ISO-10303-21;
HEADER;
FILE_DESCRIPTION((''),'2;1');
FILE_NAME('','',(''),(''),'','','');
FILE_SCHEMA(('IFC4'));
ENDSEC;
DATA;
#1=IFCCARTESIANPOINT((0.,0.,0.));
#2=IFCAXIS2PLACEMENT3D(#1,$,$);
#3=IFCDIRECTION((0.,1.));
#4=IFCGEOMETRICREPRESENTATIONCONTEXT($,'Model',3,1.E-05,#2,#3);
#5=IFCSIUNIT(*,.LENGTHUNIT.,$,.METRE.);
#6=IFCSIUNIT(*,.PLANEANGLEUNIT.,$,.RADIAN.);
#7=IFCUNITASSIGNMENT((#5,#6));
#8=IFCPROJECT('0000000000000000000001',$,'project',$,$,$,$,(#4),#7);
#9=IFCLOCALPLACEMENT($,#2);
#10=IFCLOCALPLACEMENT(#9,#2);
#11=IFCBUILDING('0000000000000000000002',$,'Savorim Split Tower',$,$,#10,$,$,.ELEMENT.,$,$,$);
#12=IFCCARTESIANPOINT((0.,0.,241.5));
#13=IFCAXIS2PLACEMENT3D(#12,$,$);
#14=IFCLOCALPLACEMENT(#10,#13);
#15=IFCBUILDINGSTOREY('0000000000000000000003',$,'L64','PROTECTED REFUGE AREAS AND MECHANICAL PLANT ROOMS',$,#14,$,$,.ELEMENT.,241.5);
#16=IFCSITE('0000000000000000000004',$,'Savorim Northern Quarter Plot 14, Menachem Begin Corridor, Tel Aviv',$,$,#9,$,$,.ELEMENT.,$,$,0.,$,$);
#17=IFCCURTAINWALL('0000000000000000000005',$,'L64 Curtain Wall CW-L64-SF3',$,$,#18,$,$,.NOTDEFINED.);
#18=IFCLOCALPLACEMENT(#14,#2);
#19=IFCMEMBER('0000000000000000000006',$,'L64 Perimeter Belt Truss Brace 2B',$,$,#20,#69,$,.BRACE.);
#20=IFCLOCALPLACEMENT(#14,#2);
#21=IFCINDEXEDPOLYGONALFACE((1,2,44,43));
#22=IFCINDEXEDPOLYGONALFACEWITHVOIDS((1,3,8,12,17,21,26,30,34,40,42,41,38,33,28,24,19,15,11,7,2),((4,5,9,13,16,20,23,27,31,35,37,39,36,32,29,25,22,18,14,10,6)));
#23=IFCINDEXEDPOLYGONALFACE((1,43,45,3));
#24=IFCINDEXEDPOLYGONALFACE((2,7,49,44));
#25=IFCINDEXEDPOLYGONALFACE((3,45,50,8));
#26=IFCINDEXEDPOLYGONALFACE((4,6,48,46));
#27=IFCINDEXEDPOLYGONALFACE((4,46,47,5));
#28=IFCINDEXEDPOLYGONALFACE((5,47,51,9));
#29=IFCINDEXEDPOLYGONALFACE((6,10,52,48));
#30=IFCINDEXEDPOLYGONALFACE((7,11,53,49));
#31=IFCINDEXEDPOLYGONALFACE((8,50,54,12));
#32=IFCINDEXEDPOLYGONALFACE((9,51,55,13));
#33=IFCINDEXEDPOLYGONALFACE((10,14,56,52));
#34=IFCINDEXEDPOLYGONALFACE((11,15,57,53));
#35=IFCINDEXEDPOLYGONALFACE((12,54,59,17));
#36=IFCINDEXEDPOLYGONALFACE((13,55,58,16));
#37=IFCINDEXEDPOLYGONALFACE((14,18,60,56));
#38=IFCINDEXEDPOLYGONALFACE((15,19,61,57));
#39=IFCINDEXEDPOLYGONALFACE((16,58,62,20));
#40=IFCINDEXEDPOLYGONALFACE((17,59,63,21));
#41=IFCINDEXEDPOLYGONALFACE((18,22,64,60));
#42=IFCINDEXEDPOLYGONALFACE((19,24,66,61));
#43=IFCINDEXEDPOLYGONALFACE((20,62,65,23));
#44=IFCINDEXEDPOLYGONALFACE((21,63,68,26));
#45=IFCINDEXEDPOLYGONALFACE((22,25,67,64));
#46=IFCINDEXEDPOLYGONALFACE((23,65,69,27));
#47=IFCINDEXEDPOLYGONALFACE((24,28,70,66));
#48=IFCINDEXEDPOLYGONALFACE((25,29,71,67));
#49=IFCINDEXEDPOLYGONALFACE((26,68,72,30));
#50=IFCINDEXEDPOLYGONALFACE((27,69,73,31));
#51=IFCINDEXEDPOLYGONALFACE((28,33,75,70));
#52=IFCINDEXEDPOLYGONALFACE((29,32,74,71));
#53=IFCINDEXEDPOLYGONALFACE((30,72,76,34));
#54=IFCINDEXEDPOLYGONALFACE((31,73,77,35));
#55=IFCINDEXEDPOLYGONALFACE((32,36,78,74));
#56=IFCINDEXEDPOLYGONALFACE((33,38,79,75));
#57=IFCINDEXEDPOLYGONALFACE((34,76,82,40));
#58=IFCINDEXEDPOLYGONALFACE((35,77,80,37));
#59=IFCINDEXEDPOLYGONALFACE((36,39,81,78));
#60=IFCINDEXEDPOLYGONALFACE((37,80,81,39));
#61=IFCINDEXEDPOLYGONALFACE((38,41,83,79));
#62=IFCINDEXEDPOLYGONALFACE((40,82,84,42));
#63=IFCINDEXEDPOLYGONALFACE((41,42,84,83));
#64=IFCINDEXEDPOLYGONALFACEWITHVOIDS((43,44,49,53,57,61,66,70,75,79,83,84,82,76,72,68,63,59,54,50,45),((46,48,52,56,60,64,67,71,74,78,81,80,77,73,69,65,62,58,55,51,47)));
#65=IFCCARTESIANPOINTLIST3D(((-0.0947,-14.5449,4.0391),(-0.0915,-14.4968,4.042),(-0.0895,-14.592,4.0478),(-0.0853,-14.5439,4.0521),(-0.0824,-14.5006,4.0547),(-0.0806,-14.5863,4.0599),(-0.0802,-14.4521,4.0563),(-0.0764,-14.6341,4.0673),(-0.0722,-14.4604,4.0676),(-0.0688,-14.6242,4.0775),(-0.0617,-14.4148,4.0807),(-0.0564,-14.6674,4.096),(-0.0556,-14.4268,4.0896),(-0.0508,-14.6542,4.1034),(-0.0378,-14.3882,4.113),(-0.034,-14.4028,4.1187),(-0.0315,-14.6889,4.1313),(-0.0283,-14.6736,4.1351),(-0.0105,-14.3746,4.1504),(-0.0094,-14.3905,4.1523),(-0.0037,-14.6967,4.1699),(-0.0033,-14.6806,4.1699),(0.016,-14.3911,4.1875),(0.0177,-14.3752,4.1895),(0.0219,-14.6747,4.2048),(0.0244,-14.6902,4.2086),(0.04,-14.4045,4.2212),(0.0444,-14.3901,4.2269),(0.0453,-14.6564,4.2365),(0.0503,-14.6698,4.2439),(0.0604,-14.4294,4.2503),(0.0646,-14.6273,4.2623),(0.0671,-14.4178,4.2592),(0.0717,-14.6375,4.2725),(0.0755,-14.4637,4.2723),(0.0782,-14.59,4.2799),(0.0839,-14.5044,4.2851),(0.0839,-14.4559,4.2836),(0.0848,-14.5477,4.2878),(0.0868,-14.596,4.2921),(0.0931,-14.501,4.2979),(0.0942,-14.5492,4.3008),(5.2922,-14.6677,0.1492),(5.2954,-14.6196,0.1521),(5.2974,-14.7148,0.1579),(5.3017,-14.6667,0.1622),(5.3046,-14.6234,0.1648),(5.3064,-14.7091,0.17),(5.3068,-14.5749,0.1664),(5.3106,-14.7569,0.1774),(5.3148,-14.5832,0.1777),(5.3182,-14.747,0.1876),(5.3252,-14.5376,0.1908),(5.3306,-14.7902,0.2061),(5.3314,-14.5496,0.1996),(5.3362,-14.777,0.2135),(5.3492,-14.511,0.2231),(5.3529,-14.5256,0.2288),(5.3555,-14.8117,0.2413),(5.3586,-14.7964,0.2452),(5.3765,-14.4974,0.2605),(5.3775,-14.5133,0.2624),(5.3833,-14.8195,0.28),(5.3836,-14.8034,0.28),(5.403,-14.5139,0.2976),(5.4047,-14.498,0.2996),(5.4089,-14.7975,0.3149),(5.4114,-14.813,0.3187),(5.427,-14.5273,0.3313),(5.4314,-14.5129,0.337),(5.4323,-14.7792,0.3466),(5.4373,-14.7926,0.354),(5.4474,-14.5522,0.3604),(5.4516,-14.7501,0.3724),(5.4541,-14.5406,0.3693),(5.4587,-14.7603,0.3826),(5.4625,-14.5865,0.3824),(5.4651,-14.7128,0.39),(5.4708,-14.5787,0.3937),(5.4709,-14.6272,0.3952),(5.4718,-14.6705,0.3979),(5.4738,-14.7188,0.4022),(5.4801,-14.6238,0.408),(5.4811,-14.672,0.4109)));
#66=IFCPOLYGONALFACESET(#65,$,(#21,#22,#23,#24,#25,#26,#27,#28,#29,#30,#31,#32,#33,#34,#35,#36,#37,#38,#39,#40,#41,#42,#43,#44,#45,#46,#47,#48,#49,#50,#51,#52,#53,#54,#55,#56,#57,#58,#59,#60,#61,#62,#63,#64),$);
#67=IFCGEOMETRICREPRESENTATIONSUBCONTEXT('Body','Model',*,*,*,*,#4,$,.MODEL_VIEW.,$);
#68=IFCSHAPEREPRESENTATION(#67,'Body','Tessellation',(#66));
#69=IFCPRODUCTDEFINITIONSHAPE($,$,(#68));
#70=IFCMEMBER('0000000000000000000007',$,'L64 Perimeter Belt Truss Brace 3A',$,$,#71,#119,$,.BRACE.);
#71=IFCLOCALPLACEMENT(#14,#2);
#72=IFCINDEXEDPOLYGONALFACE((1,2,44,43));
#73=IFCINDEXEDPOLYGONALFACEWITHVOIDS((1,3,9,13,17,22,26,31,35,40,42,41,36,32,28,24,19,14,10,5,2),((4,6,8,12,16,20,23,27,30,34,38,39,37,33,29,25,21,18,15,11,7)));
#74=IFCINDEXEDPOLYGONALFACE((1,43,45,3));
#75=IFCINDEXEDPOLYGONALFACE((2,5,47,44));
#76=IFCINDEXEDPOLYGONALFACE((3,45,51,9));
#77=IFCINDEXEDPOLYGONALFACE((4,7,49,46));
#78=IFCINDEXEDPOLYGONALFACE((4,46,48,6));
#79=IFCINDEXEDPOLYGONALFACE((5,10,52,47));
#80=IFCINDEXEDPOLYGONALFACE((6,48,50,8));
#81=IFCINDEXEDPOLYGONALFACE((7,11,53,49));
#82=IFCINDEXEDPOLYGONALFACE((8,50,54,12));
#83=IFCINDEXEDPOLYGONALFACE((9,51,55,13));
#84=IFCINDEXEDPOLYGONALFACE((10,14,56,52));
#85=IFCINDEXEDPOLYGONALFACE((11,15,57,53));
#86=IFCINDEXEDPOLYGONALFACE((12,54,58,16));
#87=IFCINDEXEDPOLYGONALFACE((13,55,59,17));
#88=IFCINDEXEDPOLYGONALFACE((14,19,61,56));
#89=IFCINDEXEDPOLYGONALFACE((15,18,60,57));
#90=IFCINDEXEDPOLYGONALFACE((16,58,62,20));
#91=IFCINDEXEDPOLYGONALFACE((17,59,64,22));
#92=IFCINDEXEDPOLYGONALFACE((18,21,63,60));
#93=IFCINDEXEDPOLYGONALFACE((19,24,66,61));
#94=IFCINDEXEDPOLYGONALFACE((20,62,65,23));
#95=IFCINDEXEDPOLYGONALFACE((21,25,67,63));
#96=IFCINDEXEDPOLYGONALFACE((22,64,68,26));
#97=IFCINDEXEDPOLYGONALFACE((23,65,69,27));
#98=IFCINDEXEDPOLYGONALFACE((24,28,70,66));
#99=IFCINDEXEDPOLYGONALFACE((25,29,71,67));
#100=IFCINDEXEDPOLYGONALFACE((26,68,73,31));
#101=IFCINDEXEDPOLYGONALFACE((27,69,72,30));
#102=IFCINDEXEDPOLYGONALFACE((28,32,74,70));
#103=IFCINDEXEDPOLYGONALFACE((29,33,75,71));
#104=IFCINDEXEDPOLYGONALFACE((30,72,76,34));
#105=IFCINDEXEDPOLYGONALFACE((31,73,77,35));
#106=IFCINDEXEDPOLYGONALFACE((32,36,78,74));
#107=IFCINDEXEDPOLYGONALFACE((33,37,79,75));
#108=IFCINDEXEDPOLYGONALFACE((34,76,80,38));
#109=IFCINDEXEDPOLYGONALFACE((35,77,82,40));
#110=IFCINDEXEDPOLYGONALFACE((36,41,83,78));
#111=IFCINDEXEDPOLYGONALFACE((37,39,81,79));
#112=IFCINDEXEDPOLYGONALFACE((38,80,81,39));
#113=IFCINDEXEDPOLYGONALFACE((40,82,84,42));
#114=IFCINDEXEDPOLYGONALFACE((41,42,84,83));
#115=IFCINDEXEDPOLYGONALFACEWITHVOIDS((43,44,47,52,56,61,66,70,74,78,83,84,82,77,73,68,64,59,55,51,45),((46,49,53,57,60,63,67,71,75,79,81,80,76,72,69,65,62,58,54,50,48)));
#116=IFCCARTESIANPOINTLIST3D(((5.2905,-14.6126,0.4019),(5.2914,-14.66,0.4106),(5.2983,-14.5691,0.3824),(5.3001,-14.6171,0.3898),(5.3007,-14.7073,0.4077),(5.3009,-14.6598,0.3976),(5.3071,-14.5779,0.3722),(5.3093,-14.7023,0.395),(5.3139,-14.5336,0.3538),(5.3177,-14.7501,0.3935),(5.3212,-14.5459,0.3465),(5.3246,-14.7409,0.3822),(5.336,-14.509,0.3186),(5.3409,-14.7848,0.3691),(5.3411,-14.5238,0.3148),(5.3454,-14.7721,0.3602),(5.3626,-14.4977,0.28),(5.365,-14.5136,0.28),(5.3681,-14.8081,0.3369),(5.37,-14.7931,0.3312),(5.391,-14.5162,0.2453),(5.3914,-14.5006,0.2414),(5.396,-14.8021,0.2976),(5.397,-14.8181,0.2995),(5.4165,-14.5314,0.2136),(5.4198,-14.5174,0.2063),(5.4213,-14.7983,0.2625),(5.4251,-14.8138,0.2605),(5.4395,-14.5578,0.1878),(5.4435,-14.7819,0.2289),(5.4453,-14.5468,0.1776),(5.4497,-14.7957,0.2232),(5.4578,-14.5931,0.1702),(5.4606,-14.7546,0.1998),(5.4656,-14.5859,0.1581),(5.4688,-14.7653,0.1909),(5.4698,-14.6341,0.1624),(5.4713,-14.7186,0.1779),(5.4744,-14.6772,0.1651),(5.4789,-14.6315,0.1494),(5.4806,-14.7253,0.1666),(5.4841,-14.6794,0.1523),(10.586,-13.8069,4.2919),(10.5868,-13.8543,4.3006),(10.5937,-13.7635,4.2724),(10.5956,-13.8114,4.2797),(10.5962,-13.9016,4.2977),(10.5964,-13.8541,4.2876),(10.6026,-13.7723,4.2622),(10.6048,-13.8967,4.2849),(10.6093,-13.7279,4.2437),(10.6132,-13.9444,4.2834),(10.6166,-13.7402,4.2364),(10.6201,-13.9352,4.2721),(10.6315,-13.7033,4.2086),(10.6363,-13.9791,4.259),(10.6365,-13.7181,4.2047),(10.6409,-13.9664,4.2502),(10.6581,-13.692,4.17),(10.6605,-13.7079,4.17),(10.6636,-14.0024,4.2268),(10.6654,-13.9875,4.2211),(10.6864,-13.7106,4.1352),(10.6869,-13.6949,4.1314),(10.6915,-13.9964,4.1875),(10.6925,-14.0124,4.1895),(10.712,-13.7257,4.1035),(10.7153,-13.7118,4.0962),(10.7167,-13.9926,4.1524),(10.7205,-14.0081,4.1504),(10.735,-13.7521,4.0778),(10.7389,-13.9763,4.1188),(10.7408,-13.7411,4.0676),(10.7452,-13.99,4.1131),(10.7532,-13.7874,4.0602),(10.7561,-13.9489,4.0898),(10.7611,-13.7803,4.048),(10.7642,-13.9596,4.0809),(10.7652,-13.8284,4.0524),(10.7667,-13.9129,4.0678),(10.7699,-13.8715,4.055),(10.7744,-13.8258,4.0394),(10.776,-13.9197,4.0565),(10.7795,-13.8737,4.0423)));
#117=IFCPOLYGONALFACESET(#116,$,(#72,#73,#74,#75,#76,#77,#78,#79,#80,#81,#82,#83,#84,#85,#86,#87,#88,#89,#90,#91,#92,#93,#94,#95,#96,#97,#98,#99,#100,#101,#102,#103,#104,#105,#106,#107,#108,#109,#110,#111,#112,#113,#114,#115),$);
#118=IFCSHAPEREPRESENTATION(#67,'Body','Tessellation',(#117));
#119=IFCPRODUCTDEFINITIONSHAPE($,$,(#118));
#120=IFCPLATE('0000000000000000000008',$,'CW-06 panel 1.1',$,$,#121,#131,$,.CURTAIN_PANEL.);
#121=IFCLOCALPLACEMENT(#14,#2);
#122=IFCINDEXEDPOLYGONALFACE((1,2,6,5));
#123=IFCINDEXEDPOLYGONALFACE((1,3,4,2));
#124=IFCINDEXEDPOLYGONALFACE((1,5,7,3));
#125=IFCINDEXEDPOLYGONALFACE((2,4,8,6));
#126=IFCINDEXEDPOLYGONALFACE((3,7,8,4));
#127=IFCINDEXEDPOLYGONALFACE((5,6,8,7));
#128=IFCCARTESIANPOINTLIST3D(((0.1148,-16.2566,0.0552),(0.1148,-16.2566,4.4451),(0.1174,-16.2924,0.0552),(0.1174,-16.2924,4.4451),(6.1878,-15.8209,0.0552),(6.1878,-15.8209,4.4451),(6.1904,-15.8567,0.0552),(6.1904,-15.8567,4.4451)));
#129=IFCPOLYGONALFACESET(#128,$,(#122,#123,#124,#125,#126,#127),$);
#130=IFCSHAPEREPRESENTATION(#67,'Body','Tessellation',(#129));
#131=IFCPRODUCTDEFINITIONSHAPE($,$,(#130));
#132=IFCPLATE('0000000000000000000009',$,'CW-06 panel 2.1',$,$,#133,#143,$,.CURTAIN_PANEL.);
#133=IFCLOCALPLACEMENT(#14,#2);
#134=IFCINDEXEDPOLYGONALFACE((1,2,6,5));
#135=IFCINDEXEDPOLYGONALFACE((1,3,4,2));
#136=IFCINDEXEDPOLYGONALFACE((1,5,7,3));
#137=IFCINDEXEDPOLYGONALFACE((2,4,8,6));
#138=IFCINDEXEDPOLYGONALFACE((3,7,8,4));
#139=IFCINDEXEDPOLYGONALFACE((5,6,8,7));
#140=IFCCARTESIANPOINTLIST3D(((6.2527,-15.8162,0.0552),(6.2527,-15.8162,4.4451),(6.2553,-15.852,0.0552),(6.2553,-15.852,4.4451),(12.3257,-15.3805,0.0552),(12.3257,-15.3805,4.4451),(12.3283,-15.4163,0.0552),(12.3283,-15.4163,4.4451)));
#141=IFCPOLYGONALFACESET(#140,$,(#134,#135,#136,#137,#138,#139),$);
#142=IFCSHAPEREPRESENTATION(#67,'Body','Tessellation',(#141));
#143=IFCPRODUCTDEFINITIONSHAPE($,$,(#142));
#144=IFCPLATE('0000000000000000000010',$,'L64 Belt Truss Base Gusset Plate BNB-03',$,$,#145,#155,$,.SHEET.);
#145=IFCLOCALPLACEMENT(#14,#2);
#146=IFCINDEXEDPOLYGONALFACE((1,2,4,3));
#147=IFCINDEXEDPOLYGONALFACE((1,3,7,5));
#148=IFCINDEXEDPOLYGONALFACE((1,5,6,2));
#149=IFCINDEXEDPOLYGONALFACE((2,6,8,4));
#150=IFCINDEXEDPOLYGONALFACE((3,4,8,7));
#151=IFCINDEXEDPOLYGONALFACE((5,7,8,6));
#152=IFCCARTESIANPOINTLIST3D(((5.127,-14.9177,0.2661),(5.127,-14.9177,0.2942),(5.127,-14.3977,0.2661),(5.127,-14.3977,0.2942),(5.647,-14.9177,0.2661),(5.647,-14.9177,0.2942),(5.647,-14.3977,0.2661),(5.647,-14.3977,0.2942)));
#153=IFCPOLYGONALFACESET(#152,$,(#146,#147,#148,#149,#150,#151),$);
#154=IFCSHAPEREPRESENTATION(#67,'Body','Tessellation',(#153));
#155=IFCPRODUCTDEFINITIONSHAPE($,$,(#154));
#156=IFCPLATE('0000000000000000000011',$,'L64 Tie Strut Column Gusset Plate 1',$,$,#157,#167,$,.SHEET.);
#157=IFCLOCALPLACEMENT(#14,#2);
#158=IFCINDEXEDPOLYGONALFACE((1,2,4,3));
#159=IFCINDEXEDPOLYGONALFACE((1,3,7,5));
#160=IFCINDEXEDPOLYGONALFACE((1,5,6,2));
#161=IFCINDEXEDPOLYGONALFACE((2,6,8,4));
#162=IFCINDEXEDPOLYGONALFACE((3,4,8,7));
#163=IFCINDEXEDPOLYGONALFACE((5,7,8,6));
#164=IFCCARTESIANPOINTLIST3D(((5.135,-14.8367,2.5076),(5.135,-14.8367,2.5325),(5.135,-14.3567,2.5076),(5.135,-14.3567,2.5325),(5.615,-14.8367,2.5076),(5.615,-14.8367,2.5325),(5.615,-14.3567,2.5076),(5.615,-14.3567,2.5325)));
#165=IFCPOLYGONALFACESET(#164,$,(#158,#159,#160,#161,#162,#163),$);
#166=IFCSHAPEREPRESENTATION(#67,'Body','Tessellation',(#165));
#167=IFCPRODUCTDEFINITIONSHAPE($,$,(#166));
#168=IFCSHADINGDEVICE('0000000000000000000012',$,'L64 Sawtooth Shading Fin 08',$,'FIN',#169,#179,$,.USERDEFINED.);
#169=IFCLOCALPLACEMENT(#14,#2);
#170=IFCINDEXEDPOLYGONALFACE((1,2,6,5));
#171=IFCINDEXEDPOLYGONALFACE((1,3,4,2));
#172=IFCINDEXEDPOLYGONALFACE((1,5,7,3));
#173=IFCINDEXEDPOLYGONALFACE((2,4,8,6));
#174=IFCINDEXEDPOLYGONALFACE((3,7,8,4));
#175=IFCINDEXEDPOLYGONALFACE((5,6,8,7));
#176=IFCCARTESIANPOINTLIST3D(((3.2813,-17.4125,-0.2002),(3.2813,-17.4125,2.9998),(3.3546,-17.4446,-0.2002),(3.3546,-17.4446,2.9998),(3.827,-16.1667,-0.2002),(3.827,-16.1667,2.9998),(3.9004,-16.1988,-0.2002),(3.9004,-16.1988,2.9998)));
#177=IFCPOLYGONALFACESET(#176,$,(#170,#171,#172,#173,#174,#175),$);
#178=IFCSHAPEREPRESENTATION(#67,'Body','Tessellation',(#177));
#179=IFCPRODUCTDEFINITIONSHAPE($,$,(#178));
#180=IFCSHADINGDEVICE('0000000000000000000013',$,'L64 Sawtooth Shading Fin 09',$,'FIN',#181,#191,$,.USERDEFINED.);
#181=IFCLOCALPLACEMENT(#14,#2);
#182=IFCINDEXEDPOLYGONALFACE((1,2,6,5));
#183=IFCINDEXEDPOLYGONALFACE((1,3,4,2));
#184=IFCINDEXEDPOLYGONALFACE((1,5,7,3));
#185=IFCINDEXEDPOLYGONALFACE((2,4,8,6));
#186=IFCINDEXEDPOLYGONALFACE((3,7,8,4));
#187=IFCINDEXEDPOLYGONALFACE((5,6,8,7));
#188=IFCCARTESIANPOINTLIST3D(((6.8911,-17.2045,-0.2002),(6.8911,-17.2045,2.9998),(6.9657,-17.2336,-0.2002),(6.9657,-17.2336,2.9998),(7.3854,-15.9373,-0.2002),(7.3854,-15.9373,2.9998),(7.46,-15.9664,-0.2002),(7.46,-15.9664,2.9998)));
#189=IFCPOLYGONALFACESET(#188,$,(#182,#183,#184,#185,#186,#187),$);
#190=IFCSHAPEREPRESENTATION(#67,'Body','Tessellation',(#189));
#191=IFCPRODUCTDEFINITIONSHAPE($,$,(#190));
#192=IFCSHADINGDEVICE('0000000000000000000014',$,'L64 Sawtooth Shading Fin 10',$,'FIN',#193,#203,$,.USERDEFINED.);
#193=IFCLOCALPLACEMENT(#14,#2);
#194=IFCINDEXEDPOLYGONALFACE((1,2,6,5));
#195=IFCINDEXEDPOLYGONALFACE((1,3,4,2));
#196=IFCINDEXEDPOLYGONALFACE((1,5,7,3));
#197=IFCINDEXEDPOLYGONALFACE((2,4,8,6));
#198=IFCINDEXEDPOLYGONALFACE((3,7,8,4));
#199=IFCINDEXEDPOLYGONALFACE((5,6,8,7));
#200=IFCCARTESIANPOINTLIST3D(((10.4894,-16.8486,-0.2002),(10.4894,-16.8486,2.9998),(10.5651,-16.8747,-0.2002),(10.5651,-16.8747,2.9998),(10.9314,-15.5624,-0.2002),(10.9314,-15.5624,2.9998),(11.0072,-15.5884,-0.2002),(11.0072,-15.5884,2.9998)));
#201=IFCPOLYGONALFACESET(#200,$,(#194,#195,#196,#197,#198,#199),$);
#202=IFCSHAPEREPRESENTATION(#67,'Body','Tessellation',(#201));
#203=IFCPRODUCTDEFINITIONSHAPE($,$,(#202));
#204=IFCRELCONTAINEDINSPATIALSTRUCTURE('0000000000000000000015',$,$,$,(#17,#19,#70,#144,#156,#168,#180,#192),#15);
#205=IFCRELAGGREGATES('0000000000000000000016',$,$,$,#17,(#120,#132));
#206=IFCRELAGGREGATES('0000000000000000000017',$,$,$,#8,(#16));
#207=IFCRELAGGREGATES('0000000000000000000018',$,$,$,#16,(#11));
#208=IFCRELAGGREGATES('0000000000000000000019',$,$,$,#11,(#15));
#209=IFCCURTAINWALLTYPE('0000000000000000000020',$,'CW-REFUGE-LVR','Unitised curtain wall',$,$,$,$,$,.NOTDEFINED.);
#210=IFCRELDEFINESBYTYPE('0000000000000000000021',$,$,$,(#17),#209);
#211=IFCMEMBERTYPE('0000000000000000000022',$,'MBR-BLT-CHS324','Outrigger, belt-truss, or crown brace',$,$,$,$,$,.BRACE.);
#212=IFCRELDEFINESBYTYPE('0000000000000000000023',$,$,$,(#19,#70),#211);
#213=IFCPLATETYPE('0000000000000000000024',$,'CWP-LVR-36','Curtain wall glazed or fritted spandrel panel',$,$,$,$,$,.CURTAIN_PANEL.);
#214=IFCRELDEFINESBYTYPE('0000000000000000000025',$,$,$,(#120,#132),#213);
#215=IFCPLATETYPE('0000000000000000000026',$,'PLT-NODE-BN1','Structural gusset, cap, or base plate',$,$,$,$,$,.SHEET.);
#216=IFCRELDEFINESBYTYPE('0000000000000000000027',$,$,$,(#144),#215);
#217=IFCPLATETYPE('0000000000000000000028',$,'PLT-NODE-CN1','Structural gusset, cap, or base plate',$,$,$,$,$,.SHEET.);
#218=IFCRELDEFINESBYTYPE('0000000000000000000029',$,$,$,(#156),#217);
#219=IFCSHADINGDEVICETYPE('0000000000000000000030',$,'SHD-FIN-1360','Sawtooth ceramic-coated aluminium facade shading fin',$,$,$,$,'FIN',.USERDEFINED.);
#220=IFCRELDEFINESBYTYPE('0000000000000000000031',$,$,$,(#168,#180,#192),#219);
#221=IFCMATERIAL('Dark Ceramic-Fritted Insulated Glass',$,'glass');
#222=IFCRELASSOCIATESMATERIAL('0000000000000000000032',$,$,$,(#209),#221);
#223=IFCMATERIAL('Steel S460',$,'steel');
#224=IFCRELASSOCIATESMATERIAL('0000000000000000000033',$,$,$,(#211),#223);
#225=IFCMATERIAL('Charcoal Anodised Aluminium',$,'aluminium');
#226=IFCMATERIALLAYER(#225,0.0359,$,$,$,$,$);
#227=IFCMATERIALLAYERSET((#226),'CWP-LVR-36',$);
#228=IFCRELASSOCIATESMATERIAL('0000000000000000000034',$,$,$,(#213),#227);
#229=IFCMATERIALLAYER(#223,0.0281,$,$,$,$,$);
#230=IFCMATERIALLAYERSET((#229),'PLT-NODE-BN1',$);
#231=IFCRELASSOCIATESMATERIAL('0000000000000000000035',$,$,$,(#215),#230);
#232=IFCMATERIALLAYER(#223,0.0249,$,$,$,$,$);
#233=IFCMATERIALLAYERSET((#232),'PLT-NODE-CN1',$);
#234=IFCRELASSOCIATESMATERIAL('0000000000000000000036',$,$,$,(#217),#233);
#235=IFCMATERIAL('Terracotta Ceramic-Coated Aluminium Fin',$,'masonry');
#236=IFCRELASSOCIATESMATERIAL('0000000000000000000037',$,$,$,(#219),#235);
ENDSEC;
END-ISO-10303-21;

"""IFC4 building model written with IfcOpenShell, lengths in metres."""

from ifc_helpers import new_model, si_unit, direction, frame, origin, origin_2d, place, context, subcontext, project, spatial, rectangle, hollow_circle, extrude, material, layer, layer_set, material_profile, profile_set, type_object, element, aggregate, save


model = new_model("IFC4")

# Units and contexts
model_context = context("Model", 3, precision=1e-05, world=origin(), true_north=direction((0.0, 1.0)))
body_context = subcontext(model_context, "Body", "Model", "MODEL_VIEW")
ifc_project = project(units=[si_unit("LENGTHUNIT", "METRE"), si_unit("PLANEANGLEUNIT", "RADIAN")], contexts=[model_context])

# Site, building, storey
site_placement = place(None, origin())
site = spatial("IfcSite", under=ifc_project, at=site_placement, Name="Savorim Northern Quarter Plot 14, Menachem Begin Corridor, Tel Aviv", CompositionType="ELEMENT", RefElevation=0.0)
building_placement = place(site_placement, origin())
building = spatial("IfcBuilding", under=site, at=building_placement, Name="Savorim Split Tower", CompositionType="ELEMENT")
storey_placement = place(building_placement, frame((0.0, 0.0, 241.5)))
storey = spatial("IfcBuildingStorey", under=building, at=storey_placement, Name="L64", Description="PROTECTED REFUGE AREAS AND MECHANICAL PLANT ROOMS", CompositionType="ELEMENT", Elevation=241.5)

# Curtain wall
ifc_material_1 = material(Name="Dark Ceramic-Fritted Insulated Glass", Category="glass")
curtain_wall_type = type_object("IfcCurtainWallType", Name="CW-REFUGE-LVR", Description="Unitised curtain wall", PredefinedType="NOTDEFINED", material=ifc_material_1)
curtain_wall_1_placement = place(storey_placement, origin())
curtain_wall_1 = element("IfcCurtainWall", 1, at=curtain_wall_1_placement, inside=storey, type_object=curtain_wall_type, Name="L64 Curtain Wall CW-L64-SF3", PredefinedType="NOTDEFINED")
ifc_material_2 = material(Name="Charcoal Anodised Aluminium", Category="aluminium")

# Members
ifc_material_3 = material(Name="Steel S460", Category="steel")
ifc_material_profile_1 = material_profile(ifc_material_3, hollow_circle(Radius=0.1619, WallThickness=0.0161, at=origin_2d()), Name="CHS 323.9x16")
ifc_profile_set_1 = profile_set([ifc_material_profile_1], Name="Steel S460")
member_type_1 = type_object("IfcMemberType", Name="MBR-BLT-CHS324", Description="Outrigger, belt-truss, or crown brace", PredefinedType="BRACE", material=ifc_profile_set_1)
member_1_placement = place(storey_placement, frame((5.387, -14.6577, 0.28), z_axis=(-0.81059, 0.018478, 0.585322), x_axis=(-0.02279, -0.99974, 0.0)))
element("IfcMember", 2, at=member_1_placement, inside=storey, type_object=member_type_1, Name="L64 Perimeter Belt Truss Brace 2B", PredefinedType="BRACE", context=body_context, shape_type="SweptSolid", body=[
    extrude(hollow_circle(Radius=0.1619, WallThickness=0.0161, at=origin_2d()), origin(), (0.0, 0.0, 1.0), 6.6458),
])
member_2_placement = place(storey_placement, frame((5.387, -14.6577, 0.28), z_axis=(0.799935, 0.121705, 0.587615), x_axis=(-0.150413, 0.988623, 0.0)))
element("IfcMember", 3, at=member_2_placement, inside=storey, type_object=member_type_1, Name="L64 Perimeter Belt Truss Brace 3A", PredefinedType="BRACE", context=body_context, shape_type="SweptSolid", body=[
    extrude(hollow_circle(Radius=0.1619, WallThickness=0.0161, at=origin_2d()), origin(), (0.0, 0.0, 1.0), 6.6199),
])

# Plates
ifc_layer_1 = layer(ifc_material_2, 0.0359)
ifc_layer_set_1 = layer_set([ifc_layer_1], Name="CWP-LVR-36")
plate_type_1 = type_object("IfcPlateType", Name="CWP-LVR-36", Description="Curtain wall glazed or fritted spandrel panel", PredefinedType="CURTAIN_PANEL", material=ifc_layer_set_1)
plate_1_placement = place(storey_placement, frame((3.1526, -16.0566, 0.0552), z_axis=(0.0, 0.0, 1.0), x_axis=(0.997436, 0.071562, 0.0)))
plate_1 = element("IfcPlate", 4, at=plate_1_placement, type_object=plate_type_1, Name="CW-06 panel 1.1", PredefinedType="CURTAIN_PANEL", context=body_context, shape_type="SweptSolid", body=[
    extrude(rectangle(XDim=6.0886, YDim=0.0359, at=origin_2d()), origin(), (0.0, 0.0, 1.0), 4.3899),
])
plate_2_placement = place(storey_placement, frame((9.2905, -15.6162, 0.0552), z_axis=(0.0, 0.0, 1.0), x_axis=(0.997436, 0.071562, 0.0)))
plate_2 = element("IfcPlate", 5, at=plate_2_placement, type_object=plate_type_1, Name="CW-06 panel 2.1", PredefinedType="CURTAIN_PANEL", context=body_context, shape_type="SweptSolid", body=[
    extrude(rectangle(XDim=6.0886, YDim=0.0359, at=origin_2d()), origin(), (0.0, 0.0, 1.0), 4.3899),
])
aggregate(curtain_wall_1, [plate_1, plate_2])

# Plates
ifc_layer_2 = layer(ifc_material_3, 0.0281)
ifc_layer_set_2 = layer_set([ifc_layer_2], Name="PLT-NODE-BN1")
plate_type_2 = type_object("IfcPlateType", Name="PLT-NODE-BN1", Description="Structural gusset, cap, or base plate", PredefinedType="SHEET", material=ifc_layer_set_2)
plate_3_placement = place(storey_placement, frame((5.387, -14.6577, 0.2661), z_axis=(0.0, 0.0, 1.0), x_axis=(1.0, 0.0, 0.0)))
element("IfcPlate", 6, at=plate_3_placement, inside=storey, type_object=plate_type_2, Name="L64 Belt Truss Base Gusset Plate BNB-03", PredefinedType="SHEET", context=body_context, shape_type="SweptSolid", body=[
    extrude(rectangle(XDim=0.52, YDim=0.52, at=origin_2d()), origin(), (0.0, 0.0, 1.0), 0.0281),
])
ifc_layer_3 = layer(ifc_material_3, 0.0249)
ifc_layer_set_3 = layer_set([ifc_layer_3], Name="PLT-NODE-CN1")
plate_type_3 = type_object("IfcPlateType", Name="PLT-NODE-CN1", Description="Structural gusset, cap, or base plate", PredefinedType="SHEET", material=ifc_layer_set_3)
plate_4_placement = place(storey_placement, frame((5.375, -14.5967, 2.5076), z_axis=(0.0, 0.0, 1.0), x_axis=(1.0, 0.0, 0.0)))
element("IfcPlate", 7, at=plate_4_placement, inside=storey, type_object=plate_type_3, Name="L64 Tie Strut Column Gusset Plate 1", PredefinedType="SHEET", context=body_context, shape_type="SweptSolid", body=[
    extrude(rectangle(XDim=0.48, YDim=0.48, at=origin_2d()), origin(), (0.0, 0.0, 1.0), 0.0249),
])

# Shading devices
ifc_material_4 = material(Name="Terracotta Ceramic-Coated Aluminium Fin", Category="masonry")
shading_device_type = type_object("IfcShadingDeviceType", Name="SHD-FIN-1360", Description="Sawtooth ceramic-coated aluminium facade shading fin", ElementType="FIN", PredefinedType="USERDEFINED", material=ifc_material_4)
for number, where, z_axis, x_axis, name in (
    (8, (3.5908, -16.8057, -0.2002), (0.0, 0.0, 1.0), (-0.40123, -0.915977, 0.0), "L64 Sawtooth Shading Fin 08"),
    (9, (7.1755, -16.5854, -0.2002), (0.0, 0.0, 1.0), (-0.363415, -0.931627, 0.0), "L64 Sawtooth Shading Fin 09"),
    (10, (10.7483, -16.2185, -0.2002), (0.0, 0.0, 1.0), (-0.324994, -0.945716, 0.0), "L64 Sawtooth Shading Fin 10"),
):
    element("IfcShadingDevice", number, at=place(storey_placement, frame(where, z_axis=z_axis, x_axis=x_axis)), inside=storey, type_object=shading_device_type, Name=name, ObjectType="FIN", PredefinedType="USERDEFINED", context=body_context, shape_type="SweptSolid", body=[
        extrude(rectangle(XDim=1.3601, YDim=0.0801, at=origin_2d()), origin(), (0.0, 0.0, 1.0), 3.2),
    ])

save(model, "model.ifc")
